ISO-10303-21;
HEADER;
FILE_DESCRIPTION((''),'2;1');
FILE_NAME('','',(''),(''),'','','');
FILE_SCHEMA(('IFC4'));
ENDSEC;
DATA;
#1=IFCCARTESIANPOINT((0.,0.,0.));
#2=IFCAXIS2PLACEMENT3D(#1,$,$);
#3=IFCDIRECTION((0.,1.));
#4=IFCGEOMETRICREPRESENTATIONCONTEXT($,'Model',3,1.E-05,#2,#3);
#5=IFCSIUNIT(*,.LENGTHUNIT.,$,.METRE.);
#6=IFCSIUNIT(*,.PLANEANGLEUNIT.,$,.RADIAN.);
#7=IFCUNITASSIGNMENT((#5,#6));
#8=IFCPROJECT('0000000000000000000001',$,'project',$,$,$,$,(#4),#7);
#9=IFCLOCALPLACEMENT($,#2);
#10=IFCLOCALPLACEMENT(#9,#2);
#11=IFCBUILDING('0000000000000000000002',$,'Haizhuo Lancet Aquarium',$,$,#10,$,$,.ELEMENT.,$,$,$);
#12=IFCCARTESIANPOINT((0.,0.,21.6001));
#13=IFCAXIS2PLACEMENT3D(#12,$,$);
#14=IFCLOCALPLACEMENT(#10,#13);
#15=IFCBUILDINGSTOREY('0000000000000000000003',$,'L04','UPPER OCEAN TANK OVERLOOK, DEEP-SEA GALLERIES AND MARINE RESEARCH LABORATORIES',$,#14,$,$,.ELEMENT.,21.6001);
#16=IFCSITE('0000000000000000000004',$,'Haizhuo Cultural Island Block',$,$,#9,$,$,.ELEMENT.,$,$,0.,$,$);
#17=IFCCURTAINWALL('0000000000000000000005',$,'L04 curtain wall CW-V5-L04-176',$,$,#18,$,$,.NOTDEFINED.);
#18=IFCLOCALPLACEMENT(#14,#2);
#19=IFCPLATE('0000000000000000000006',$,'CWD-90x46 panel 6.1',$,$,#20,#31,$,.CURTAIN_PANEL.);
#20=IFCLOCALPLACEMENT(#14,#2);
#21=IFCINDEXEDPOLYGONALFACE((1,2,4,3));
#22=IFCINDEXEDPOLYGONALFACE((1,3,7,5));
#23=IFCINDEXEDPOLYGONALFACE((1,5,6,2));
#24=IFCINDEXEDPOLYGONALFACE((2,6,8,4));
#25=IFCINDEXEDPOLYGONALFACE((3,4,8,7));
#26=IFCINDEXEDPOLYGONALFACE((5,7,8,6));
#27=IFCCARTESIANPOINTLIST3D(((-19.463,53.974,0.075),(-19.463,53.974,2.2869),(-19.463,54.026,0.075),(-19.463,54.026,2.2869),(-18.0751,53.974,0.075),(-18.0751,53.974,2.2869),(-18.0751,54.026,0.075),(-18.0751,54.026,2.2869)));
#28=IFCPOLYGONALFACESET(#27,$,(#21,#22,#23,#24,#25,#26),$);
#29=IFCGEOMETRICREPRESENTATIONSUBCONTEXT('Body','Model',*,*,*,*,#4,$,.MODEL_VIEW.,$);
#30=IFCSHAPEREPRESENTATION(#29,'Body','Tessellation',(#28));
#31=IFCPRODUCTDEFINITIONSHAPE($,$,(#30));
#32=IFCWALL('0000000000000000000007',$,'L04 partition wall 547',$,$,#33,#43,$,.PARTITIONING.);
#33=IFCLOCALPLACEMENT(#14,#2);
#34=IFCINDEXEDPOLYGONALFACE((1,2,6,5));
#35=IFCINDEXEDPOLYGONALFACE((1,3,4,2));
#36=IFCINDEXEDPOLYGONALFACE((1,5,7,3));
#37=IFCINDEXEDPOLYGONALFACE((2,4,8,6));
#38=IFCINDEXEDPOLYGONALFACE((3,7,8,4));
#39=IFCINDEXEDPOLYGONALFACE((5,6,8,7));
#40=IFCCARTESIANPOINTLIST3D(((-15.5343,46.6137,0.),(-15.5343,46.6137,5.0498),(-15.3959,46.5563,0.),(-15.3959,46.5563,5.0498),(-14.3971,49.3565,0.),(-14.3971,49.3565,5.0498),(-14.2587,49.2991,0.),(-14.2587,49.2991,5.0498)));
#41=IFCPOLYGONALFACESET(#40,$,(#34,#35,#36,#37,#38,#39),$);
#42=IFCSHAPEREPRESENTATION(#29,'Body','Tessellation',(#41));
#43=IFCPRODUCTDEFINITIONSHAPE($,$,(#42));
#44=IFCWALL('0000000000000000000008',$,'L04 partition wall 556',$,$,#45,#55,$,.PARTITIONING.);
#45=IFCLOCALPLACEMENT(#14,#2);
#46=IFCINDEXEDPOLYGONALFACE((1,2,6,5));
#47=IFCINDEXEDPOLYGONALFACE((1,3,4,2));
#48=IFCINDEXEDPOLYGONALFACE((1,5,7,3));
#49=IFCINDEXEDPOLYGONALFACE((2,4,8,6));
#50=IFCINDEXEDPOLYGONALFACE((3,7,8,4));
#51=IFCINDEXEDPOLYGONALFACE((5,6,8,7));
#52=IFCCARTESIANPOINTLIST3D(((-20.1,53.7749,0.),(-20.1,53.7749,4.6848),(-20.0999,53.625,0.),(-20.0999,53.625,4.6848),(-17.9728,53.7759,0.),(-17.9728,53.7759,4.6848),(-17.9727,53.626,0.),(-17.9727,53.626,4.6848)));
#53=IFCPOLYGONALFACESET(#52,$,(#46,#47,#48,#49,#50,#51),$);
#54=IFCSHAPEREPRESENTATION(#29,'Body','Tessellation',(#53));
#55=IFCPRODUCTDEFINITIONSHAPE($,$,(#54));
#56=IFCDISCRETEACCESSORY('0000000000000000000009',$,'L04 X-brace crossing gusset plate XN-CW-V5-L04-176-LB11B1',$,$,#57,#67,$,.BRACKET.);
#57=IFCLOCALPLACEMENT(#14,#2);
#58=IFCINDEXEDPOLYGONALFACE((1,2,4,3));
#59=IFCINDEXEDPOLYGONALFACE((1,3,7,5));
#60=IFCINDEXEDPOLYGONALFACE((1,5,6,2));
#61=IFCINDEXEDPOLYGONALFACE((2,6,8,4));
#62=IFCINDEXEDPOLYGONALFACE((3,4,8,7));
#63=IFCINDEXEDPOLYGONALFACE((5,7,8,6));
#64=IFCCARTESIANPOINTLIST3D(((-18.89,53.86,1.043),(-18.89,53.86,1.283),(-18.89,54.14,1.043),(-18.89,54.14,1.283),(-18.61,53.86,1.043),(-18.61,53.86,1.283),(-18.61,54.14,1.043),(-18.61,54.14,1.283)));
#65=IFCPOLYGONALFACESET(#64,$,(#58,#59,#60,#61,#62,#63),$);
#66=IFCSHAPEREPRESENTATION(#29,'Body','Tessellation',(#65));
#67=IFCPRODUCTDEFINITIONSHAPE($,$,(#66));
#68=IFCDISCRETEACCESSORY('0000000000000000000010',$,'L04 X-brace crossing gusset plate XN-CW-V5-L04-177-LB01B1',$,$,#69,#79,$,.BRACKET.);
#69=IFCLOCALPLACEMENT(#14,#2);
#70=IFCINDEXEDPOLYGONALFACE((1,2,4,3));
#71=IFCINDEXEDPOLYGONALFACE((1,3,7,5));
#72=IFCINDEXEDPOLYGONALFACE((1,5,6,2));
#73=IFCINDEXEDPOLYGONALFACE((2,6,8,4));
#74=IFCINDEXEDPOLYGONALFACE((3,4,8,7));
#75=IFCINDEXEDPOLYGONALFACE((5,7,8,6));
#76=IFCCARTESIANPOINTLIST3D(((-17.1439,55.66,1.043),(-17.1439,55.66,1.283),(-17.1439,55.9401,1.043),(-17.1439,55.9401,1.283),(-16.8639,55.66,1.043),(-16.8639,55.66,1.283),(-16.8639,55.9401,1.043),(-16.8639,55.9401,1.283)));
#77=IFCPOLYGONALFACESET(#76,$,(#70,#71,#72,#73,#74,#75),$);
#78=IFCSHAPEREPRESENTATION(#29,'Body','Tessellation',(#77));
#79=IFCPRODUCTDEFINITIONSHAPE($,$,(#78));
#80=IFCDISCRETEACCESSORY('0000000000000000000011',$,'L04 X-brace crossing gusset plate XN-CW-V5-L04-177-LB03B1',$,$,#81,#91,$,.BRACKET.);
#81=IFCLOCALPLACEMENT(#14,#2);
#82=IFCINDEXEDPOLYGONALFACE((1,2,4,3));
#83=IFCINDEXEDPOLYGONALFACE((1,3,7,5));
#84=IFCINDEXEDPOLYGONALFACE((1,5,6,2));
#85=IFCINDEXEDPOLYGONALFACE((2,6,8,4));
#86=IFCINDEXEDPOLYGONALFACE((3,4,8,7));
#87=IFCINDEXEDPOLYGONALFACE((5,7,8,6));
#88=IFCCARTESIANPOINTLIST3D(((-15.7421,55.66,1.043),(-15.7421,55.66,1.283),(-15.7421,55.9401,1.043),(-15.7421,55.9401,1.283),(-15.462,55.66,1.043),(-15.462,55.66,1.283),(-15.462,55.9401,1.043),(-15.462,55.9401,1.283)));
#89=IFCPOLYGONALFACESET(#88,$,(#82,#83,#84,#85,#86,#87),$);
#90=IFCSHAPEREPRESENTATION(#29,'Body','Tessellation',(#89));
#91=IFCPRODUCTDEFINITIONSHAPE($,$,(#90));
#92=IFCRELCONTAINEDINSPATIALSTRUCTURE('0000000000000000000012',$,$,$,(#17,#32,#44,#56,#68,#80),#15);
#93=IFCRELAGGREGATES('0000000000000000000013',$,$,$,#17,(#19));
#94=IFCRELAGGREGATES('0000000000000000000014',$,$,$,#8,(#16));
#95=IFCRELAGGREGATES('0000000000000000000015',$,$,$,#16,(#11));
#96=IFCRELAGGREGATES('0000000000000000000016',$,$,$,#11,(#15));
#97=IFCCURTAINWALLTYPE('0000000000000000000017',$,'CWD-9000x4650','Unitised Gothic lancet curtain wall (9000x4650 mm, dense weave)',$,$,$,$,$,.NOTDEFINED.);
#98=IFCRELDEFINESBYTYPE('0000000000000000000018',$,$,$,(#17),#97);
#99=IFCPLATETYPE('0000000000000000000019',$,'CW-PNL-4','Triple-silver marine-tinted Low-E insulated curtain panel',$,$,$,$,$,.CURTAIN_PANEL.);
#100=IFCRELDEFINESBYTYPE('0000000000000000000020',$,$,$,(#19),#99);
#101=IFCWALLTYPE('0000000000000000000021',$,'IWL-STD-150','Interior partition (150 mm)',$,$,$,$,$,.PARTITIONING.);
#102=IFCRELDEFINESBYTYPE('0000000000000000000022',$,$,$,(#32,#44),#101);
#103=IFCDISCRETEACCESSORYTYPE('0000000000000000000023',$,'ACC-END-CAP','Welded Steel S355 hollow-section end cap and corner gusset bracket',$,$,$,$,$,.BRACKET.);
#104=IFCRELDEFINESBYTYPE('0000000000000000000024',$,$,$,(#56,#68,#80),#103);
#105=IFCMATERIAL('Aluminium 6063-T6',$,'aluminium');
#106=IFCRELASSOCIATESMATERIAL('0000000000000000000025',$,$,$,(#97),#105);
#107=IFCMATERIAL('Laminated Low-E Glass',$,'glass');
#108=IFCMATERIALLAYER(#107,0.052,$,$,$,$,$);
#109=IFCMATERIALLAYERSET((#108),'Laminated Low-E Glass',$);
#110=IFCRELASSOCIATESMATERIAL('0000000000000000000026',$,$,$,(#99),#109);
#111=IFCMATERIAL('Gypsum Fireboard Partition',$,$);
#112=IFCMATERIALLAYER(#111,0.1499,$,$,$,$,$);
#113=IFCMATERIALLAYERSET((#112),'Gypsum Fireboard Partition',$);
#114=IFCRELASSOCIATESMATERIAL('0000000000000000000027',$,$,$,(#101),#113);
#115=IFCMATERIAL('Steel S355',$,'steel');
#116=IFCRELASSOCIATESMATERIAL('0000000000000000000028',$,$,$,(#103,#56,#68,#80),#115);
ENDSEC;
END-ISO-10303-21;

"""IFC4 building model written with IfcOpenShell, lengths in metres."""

from ifc_helpers import new_model, si_unit, direction, frame, frame_2d, origin, origin_2d, place, context, subcontext, project, spatial, rectangle, extrude, material, layer, layer_set, type_object, element, aggregate, save


model = new_model("IFC4")

# Units and contexts
model_context = context("Model", 3, precision=1e-05, world=origin(), true_north=direction((0.0, 1.0)))
body_context = subcontext(model_context, "Body", "Model", "MODEL_VIEW")
ifc_project = project(units=[si_unit("LENGTHUNIT", "METRE"), si_unit("PLANEANGLEUNIT", "RADIAN")], contexts=[model_context])

# Site, building, storey
site_placement = place(None, origin())
site = spatial("IfcSite", under=ifc_project, at=site_placement, Name="Haizhuo Cultural Island Block", CompositionType="ELEMENT", RefElevation=0.0)
building_placement = place(site_placement, origin())
building = spatial("IfcBuilding", under=site, at=building_placement, Name="Haizhuo Lancet Aquarium", CompositionType="ELEMENT")
storey_placement = place(building_placement, frame((0.0, 0.0, 21.6001)))
storey = spatial("IfcBuildingStorey", under=building, at=storey_placement, Name="L04", Description="UPPER OCEAN TANK OVERLOOK, DEEP-SEA GALLERIES AND MARINE RESEARCH LABORATORIES", CompositionType="ELEMENT", Elevation=21.6001)

# Curtain wall
ifc_material_1 = material(Name="Aluminium 6063-T6", Category="aluminium")
curtain_wall_type_1 = type_object("IfcCurtainWallType", Name="CWD-9000x4650", Description="Unitised Gothic lancet curtain wall (9000x4650 mm, dense weave)", PredefinedType="NOTDEFINED", material=ifc_material_1)
curtain_wall_1_placement = place(storey_placement, origin())
curtain_wall_1 = element("IfcCurtainWall", 1, at=curtain_wall_1_placement, inside=storey, type_object=curtain_wall_type_1, Name="L04 curtain wall CW-V5-L04-176", PredefinedType="NOTDEFINED")

# Shared definitions
ifc_material_2 = material(Name="Steel S355", Category="steel")

# Plate
ifc_material_3 = material(Name="Laminated Low-E Glass", Category="glass")
ifc_layer_1 = layer(ifc_material_3, 0.052)
ifc_layer_set_1 = layer_set([ifc_layer_1], Name="Laminated Low-E Glass")
plate_type_1 = type_object("IfcPlateType", Name="CW-PNL-4", Description="Triple-silver marine-tinted Low-E insulated curtain panel", PredefinedType="CURTAIN_PANEL", material=ifc_layer_set_1)
plate_1_placement = place(storey_placement, frame((-18.769, 54.0, 0.075), z_axis=(0.0, 0.0, 1.0), x_axis=(1.0, 0.0, 0.0)))
plate_1 = element("IfcPlate", 2, at=plate_1_placement, type_object=plate_type_1, Name="CWD-90x46 panel 6.1", PredefinedType="CURTAIN_PANEL", context=body_context, shape_type="SweptSolid", body=[
    extrude(rectangle(XDim=1.3879, YDim=0.052, at=origin_2d()), origin(), (0.0, 0.0, 1.0), 2.2119),
])
aggregate(curtain_wall_1, [plate_1])

# Walls
ifc_material_4 = material(Name="Gypsum Fireboard Partition")
ifc_layer_2 = layer(ifc_material_4, 0.1499)
ifc_layer_set_2 = layer_set([ifc_layer_2], Name="Gypsum Fireboard Partition")
wall_type = type_object("IfcWallType", Name="IWL-STD-150", Description="Interior partition (150 mm)", PredefinedType="PARTITIONING", material=ifc_layer_set_2)
wall_1_placement = place(storey_placement, frame((-15.4651, 46.585, 0.0), z_axis=(0.0, 0.0, 1.0), x_axis=(0.382986, 0.923754, 0.0)))
element("IfcWall", 3, at=wall_1_placement, inside=storey, type_object=wall_type, Name="L04 partition wall 547", PredefinedType="PARTITIONING", context=body_context, shape_type="SweptSolid", body=[
    extrude(rectangle(XDim=2.9692, YDim=0.1499, at=frame_2d((1.4846, 0.0))), origin(), (0.0, 0.0, 1.0), 5.0498),
])
wall_2_placement = place(storey_placement, frame((-17.9729, 53.7009, 0.0), z_axis=(0.0, 0.0, 1.0), x_axis=(-1.0, -0.000459, 0.0)))
element("IfcWall", 4, at=wall_2_placement, inside=storey, type_object=wall_type, Name="L04 partition wall 556", PredefinedType="PARTITIONING", context=body_context, shape_type="SweptSolid", body=[
    extrude(rectangle(XDim=2.1272, YDim=0.1499, at=frame_2d((1.0635, 0.0))), origin(), (0.0, 0.0, 1.0), 4.6848),
])

# Discrete accessories
discrete_accessory_type = type_object("IfcDiscreteAccessoryType", Name="ACC-END-CAP", Description="Welded Steel S355 hollow-section end cap and corner gusset bracket", PredefinedType="BRACKET", material=ifc_material_2)
for number, where, z_axis, x_axis, name in (
    (5, (-18.75, 54.0, 1.043), (0.0, 0.0, 1.0), (1.0, 0.0, 0.0), "L04 X-brace crossing gusset plate XN-CW-V5-L04-176-LB11B1"),
    (6, (-17.0039, 55.8, 1.043), (0.0, 0.0, 1.0), (1.0, 0.0, 0.0), "L04 X-brace crossing gusset plate XN-CW-V5-L04-177-LB01B1"),
    (7, (-15.6021, 55.8, 1.043), (0.0, 0.0, 1.0), (1.0, 0.0, 0.0), "L04 X-brace crossing gusset plate XN-CW-V5-L04-177-LB03B1"),
):
    element("IfcDiscreteAccessory", number, at=place(storey_placement, frame(where, z_axis=z_axis, x_axis=x_axis)), inside=storey, type_object=discrete_accessory_type, material=ifc_material_2, Name=name, PredefinedType="BRACKET", context=body_context, shape_type="SweptSolid", body=[
        extrude(rectangle(XDim=0.28, YDim=0.28, at=origin_2d()), origin(), (0.0, 0.0, 1.0), 0.24),
    ])

save(model, "model.ifc")
